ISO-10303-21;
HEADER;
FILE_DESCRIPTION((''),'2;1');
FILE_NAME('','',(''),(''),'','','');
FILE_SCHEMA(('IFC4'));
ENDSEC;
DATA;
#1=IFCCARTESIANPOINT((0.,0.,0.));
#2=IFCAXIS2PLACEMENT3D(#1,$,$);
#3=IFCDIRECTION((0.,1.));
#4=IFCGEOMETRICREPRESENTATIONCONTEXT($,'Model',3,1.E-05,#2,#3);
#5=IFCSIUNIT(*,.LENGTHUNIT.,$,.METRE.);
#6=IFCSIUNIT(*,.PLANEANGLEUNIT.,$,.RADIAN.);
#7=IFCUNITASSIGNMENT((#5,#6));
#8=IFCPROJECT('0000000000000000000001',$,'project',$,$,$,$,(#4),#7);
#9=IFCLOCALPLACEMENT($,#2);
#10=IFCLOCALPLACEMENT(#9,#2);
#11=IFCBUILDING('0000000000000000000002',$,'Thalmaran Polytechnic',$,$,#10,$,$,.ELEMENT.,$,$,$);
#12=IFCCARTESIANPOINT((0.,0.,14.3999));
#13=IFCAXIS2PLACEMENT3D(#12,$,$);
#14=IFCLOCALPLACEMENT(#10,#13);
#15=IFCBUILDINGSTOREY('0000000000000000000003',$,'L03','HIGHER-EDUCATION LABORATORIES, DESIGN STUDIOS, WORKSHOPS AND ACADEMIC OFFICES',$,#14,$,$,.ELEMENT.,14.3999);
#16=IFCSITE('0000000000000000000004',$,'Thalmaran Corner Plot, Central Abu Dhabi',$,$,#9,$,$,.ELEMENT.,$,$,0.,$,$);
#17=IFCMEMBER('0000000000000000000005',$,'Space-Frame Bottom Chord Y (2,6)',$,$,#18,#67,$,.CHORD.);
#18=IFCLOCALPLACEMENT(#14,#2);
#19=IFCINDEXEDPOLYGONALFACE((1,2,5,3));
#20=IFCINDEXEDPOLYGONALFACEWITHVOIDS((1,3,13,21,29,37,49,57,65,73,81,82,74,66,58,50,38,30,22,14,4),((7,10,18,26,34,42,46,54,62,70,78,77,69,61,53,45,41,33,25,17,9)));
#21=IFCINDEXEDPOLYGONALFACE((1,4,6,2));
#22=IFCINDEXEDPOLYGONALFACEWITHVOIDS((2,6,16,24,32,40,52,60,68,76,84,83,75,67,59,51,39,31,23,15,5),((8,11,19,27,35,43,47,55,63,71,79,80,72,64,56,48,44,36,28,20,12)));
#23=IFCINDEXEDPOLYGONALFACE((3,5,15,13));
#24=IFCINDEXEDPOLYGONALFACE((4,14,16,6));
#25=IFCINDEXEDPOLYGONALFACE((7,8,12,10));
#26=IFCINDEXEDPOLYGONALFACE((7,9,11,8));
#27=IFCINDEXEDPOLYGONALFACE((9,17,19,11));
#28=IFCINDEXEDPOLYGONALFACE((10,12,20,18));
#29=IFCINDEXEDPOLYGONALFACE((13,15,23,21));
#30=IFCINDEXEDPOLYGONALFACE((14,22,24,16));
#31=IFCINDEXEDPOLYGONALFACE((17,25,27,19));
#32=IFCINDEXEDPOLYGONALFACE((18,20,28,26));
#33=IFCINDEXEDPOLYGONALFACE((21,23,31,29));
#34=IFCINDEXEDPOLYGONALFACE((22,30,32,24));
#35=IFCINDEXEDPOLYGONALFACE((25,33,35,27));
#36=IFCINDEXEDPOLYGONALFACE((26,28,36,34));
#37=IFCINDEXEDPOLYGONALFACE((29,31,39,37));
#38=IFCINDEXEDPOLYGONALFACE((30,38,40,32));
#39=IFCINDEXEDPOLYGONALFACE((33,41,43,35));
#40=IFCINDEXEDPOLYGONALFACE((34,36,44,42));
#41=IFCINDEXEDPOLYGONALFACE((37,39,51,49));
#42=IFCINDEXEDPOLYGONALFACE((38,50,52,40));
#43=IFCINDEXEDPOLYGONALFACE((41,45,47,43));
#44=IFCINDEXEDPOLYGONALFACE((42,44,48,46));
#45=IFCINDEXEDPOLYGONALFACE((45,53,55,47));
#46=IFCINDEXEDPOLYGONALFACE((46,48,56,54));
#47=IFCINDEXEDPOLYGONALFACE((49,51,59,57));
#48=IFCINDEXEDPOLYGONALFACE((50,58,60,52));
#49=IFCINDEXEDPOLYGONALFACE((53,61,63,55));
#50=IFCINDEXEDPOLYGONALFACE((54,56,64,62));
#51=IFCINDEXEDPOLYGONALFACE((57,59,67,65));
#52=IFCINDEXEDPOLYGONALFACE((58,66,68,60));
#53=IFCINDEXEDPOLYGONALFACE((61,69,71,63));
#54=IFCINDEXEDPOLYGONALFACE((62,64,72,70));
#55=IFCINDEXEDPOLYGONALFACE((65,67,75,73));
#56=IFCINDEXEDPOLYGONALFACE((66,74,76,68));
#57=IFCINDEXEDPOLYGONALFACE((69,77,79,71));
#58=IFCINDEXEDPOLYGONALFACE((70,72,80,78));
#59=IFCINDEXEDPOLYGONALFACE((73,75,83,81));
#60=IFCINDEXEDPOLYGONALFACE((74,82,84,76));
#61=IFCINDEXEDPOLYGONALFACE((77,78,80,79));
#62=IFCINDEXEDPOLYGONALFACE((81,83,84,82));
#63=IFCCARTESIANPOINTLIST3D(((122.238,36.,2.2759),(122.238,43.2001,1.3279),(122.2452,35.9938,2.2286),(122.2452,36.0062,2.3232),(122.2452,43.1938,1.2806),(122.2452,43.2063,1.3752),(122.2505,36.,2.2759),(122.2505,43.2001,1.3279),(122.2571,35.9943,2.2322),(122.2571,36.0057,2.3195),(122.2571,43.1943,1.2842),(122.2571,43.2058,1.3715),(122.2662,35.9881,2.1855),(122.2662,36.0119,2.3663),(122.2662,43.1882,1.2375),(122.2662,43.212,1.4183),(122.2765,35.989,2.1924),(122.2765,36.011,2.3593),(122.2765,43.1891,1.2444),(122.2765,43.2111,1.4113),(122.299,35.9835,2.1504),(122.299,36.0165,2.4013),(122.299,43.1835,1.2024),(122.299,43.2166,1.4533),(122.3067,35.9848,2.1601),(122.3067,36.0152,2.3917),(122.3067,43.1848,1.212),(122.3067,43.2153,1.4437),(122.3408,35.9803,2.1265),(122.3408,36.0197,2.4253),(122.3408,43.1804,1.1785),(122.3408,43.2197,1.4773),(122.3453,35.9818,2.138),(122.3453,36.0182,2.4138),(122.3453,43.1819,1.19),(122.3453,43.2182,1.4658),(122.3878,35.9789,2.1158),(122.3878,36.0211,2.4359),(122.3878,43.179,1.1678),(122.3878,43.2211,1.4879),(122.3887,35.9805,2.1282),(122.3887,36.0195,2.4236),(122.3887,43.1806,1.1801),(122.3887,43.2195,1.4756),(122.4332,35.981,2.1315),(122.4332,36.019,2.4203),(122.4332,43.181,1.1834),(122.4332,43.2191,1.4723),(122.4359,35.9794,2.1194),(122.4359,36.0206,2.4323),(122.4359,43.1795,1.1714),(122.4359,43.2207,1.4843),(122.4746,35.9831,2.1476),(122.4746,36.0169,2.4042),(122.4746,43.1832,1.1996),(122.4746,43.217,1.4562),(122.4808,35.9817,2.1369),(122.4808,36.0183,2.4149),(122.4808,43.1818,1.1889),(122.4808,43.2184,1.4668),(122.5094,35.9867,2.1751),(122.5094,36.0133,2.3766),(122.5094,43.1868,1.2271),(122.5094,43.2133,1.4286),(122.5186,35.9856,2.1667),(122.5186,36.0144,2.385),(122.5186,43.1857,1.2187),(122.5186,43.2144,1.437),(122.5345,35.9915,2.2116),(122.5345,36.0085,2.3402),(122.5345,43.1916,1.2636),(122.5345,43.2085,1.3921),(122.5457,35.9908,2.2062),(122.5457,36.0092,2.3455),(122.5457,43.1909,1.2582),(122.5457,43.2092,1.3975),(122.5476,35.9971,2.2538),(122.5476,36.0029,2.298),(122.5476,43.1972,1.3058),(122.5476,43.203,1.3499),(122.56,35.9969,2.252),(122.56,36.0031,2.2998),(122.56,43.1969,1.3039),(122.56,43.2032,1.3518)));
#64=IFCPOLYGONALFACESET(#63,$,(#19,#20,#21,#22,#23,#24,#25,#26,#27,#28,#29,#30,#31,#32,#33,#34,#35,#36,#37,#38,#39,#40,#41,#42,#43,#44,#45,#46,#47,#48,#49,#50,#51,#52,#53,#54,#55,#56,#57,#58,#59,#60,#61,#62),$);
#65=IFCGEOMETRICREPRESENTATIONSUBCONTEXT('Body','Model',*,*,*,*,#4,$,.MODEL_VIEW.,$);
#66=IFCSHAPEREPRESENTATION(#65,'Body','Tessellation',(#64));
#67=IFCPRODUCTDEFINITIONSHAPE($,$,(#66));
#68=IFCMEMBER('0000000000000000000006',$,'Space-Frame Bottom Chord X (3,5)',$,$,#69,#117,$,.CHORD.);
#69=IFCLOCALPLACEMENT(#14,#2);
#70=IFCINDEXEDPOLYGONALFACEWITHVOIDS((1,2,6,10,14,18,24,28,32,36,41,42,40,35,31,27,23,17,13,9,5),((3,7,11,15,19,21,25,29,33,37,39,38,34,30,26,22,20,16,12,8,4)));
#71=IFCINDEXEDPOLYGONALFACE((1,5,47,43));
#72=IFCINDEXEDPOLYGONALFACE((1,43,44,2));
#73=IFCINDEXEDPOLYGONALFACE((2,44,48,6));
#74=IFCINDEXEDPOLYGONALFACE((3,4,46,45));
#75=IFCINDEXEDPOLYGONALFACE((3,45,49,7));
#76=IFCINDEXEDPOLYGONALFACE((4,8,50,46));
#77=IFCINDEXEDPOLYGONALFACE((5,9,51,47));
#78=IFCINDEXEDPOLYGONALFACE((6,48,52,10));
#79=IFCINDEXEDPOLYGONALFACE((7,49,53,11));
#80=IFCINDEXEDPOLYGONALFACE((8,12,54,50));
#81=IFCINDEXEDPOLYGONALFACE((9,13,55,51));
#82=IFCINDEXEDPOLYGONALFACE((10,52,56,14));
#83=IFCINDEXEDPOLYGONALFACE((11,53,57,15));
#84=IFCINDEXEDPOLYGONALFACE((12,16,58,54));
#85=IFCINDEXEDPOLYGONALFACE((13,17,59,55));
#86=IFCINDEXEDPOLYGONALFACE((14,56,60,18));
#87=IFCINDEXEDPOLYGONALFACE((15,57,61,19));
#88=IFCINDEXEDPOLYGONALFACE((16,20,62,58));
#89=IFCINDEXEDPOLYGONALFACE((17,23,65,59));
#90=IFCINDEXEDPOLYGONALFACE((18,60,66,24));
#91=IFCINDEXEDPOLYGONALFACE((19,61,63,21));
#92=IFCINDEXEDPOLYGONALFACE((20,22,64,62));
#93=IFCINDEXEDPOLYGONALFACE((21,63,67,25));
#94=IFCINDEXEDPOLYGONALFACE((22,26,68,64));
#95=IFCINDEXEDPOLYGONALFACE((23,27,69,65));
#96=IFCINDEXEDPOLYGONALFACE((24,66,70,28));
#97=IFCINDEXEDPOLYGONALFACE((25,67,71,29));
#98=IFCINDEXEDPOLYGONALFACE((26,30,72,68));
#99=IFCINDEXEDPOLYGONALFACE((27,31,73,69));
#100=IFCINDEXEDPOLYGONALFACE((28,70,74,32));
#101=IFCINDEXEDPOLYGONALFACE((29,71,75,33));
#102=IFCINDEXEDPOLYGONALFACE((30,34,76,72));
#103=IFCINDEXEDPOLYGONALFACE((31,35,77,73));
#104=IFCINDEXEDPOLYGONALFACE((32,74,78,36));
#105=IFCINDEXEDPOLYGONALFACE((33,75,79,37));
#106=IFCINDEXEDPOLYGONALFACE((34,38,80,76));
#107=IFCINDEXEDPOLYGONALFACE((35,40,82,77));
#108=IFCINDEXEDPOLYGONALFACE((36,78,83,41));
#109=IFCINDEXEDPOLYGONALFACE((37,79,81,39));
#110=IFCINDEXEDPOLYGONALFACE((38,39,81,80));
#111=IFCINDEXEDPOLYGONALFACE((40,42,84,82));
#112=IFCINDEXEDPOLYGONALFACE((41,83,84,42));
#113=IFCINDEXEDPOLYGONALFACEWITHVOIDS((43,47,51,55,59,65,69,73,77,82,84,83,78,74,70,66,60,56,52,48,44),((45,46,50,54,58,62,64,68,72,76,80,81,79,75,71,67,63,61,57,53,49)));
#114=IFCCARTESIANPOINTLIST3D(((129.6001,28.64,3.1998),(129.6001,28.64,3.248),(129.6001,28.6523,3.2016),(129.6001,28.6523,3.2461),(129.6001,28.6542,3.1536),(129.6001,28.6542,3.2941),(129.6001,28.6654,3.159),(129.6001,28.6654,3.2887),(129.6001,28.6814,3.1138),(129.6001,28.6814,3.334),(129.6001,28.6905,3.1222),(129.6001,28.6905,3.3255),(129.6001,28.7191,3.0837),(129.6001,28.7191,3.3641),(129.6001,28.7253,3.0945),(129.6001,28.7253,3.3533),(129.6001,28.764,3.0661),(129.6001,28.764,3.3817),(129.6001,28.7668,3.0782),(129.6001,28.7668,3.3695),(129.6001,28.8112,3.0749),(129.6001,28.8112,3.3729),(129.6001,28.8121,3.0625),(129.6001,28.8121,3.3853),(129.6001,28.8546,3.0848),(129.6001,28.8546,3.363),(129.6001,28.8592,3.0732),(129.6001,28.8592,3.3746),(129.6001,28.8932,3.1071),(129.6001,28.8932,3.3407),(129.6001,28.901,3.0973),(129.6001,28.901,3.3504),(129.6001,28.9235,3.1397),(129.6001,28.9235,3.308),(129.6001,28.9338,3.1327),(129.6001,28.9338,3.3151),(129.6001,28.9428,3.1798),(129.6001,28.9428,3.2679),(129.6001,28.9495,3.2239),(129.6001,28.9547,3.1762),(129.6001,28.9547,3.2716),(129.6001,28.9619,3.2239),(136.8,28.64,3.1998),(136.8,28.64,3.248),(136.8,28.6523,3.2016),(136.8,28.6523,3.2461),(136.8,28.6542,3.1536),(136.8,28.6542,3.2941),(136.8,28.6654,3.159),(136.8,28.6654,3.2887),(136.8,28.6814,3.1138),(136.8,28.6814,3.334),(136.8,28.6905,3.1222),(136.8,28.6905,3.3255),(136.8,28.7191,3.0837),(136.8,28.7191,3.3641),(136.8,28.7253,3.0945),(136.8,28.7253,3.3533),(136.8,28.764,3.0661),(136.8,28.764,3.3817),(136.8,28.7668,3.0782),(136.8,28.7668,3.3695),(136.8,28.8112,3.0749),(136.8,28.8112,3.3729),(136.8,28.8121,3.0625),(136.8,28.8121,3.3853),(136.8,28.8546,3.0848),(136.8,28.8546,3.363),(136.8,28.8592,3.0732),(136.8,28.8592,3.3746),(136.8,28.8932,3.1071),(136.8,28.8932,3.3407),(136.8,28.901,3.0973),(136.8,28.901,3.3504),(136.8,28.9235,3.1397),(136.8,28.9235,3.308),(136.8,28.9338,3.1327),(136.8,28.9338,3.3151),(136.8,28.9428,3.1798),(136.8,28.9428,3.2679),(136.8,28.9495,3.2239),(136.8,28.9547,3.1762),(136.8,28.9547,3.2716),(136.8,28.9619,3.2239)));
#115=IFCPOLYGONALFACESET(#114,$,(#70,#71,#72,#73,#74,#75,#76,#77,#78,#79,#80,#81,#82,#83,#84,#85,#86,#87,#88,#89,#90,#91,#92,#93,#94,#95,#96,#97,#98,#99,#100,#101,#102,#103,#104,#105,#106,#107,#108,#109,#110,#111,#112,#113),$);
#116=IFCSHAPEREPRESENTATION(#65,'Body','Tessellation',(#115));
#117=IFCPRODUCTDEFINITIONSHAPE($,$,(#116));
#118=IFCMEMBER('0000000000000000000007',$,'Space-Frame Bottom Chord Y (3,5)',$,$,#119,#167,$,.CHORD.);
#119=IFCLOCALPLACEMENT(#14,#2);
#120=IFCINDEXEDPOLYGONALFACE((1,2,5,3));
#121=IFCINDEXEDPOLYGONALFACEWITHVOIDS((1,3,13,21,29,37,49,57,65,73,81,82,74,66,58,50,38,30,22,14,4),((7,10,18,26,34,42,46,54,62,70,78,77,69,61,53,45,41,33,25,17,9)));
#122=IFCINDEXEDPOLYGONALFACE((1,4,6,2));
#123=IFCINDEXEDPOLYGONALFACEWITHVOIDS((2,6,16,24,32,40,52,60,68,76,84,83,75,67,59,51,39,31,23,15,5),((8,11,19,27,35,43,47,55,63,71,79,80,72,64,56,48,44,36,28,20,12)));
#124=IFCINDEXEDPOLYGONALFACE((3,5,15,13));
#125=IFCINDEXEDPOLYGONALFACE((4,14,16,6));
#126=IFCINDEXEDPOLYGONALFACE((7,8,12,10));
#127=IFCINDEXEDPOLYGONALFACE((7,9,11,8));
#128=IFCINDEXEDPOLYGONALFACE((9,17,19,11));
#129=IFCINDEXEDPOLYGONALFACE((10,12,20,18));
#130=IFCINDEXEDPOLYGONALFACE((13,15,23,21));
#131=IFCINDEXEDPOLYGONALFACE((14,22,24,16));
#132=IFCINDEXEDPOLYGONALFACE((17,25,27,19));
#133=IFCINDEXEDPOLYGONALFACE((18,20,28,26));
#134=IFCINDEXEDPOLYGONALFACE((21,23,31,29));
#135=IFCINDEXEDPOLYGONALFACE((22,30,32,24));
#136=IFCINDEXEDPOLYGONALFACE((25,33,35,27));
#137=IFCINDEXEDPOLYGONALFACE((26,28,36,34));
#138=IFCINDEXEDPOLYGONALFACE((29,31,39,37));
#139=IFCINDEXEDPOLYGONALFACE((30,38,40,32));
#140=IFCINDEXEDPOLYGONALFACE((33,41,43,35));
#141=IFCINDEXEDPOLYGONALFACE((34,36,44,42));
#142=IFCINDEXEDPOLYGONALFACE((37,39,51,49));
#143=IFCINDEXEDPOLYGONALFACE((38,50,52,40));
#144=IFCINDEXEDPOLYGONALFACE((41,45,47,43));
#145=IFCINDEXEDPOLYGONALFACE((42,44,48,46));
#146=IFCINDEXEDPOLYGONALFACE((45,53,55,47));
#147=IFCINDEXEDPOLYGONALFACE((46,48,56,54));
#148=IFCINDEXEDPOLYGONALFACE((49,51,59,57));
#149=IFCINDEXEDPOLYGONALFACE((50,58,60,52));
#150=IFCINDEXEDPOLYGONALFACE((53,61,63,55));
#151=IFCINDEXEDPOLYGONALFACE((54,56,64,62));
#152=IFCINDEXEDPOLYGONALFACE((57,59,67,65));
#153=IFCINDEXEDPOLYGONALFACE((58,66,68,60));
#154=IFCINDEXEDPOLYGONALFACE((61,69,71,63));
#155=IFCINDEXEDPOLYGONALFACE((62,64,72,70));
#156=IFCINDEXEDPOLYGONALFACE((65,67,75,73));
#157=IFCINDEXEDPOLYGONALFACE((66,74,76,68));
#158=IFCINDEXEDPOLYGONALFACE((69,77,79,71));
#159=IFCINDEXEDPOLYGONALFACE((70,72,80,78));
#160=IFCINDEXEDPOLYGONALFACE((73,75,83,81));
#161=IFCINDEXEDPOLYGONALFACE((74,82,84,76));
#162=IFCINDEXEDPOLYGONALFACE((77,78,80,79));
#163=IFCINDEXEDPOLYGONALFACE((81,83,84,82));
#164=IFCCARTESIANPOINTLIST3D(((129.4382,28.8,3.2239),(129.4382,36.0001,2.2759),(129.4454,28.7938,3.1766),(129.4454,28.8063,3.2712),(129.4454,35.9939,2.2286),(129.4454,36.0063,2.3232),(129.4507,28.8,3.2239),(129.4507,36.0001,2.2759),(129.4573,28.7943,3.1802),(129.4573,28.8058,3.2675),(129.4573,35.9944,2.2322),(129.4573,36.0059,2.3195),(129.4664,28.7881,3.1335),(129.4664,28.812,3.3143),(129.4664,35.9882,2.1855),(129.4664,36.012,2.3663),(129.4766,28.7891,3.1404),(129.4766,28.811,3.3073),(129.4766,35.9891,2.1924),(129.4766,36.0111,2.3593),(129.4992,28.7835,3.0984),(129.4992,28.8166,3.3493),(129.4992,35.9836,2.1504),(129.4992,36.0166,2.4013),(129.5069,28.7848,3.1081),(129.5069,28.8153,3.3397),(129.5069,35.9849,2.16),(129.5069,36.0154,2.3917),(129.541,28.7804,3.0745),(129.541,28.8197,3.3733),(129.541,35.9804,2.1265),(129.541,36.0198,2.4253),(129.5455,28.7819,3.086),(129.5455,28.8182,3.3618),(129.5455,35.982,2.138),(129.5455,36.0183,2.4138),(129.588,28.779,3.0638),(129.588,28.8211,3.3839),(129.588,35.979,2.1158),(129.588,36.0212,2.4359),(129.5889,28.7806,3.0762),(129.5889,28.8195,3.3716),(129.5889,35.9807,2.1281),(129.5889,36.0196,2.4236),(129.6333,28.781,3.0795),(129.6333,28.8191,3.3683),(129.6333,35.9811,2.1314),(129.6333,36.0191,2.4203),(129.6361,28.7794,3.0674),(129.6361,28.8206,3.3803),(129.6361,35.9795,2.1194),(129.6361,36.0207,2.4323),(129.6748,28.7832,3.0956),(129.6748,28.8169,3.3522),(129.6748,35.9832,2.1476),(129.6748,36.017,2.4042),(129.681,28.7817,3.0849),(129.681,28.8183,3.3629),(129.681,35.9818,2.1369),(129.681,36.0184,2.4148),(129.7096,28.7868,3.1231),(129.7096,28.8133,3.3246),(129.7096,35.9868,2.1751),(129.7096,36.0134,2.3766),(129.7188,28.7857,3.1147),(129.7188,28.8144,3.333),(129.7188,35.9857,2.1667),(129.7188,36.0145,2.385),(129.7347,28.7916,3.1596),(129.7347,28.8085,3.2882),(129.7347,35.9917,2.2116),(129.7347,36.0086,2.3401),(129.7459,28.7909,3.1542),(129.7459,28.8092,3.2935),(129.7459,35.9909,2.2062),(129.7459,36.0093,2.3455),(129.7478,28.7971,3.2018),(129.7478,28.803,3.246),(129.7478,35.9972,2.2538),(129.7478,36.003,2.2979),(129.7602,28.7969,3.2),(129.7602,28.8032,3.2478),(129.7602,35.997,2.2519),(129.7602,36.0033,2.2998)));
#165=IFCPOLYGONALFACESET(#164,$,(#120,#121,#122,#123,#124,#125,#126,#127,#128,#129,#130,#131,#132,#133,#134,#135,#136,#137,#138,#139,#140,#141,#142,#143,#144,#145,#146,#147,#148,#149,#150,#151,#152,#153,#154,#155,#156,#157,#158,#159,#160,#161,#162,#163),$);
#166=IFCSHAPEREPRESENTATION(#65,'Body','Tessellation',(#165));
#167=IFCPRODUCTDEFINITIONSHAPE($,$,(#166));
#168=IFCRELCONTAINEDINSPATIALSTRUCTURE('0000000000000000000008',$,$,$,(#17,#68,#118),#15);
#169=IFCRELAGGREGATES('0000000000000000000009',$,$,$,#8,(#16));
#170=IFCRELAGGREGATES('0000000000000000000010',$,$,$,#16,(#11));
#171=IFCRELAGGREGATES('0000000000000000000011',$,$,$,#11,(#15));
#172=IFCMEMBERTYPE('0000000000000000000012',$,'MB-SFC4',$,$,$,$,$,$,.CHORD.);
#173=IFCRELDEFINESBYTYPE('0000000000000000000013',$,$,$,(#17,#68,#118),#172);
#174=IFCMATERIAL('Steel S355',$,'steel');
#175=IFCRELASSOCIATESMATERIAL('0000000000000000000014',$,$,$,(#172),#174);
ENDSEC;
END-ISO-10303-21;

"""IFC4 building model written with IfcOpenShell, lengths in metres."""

from ifc_helpers import new_model, si_unit, direction, frame, origin, origin_2d, place, context, subcontext, project, spatial, hollow_circle, extrude, material, material_profile, profile_set, type_object, element, save


model = new_model("IFC4")

# Units and contexts
model_context = context("Model", 3, precision=1e-05, world=origin(), true_north=direction((0.0, 1.0)))
body_context = subcontext(model_context, "Body", "Model", "MODEL_VIEW")
ifc_project = project(units=[si_unit("LENGTHUNIT", "METRE"), si_unit("PLANEANGLEUNIT", "RADIAN")], contexts=[model_context])

# Site, building, storey
site_placement = place(None, origin())
site = spatial("IfcSite", under=ifc_project, at=site_placement, Name="Thalmaran Corner Plot, Central Abu Dhabi", CompositionType="ELEMENT", RefElevation=0.0)
building_placement = place(site_placement, origin())
building = spatial("IfcBuilding", under=site, at=building_placement, Name="Thalmaran Polytechnic", CompositionType="ELEMENT")
storey_placement = place(building_placement, frame((0.0, 0.0, 14.3999)))
storey = spatial("IfcBuildingStorey", under=building, at=storey_placement, Name="L03", Description="HIGHER-EDUCATION LABORATORIES, DESIGN STUDIOS, WORKSHOPS AND ACADEMIC OFFICES", CompositionType="ELEMENT", Elevation=14.3999)

# Members
ifc_material = material(Name="Steel S355", Category="steel")
ifc_material_profile_1 = material_profile(ifc_material, hollow_circle(Radius=0.1619, WallThickness=0.0125, at=origin_2d()), Name="CHS 323.9x12.5")
ifc_profile_set_1 = profile_set([ifc_material_profile_1], Name="Steel S355")
member_type_1 = type_object("IfcMemberType", Name="MB-SFC4", PredefinedType="CHORD", material=ifc_profile_set_1)
member_1_placement = place(storey_placement, frame((122.3999, 36.0, 2.2759), z_axis=(0.0, 0.991443, -0.130541), x_axis=(-1.0, 0.0, 0.0)))
element("IfcMember", 1, at=member_1_placement, inside=storey, type_object=member_type_1, Name="Space-Frame Bottom Chord Y (2,6)", PredefinedType="CHORD", context=body_context, shape_type="SweptSolid", body=[
    extrude(hollow_circle(Radius=0.1619, WallThickness=0.0125, at=origin_2d()), origin(), (0.0, 0.0, 1.0), 7.2622),
])
member_2_placement = place(storey_placement, frame((129.6001, 28.8, 3.2239), z_axis=(1.0, 0.0, 0.0), x_axis=(0.0, 1.0, 0.0)))
element("IfcMember", 2, at=member_2_placement, inside=storey, type_object=member_type_1, Name="Space-Frame Bottom Chord X (3,5)", PredefinedType="CHORD", context=body_context, shape_type="SweptSolid", body=[
    extrude(hollow_circle(Radius=0.1619, WallThickness=0.0125, at=origin_2d()), origin(), (0.0, 0.0, 1.0), 7.2),
])
member_3_placement = place(storey_placement, frame((129.6001, 28.8, 3.2239), z_axis=(0.0, 0.991443, -0.130541), x_axis=(-1.0, 0.0, 0.0)))
element("IfcMember", 3, at=member_3_placement, inside=storey, type_object=member_type_1, Name="Space-Frame Bottom Chord Y (3,5)", PredefinedType="CHORD", context=body_context, shape_type="SweptSolid", body=[
    extrude(hollow_circle(Radius=0.1619, WallThickness=0.0125, at=origin_2d()), origin(), (0.0, 0.0, 1.0), 7.2622),
])

save(model, "model.ifc")
